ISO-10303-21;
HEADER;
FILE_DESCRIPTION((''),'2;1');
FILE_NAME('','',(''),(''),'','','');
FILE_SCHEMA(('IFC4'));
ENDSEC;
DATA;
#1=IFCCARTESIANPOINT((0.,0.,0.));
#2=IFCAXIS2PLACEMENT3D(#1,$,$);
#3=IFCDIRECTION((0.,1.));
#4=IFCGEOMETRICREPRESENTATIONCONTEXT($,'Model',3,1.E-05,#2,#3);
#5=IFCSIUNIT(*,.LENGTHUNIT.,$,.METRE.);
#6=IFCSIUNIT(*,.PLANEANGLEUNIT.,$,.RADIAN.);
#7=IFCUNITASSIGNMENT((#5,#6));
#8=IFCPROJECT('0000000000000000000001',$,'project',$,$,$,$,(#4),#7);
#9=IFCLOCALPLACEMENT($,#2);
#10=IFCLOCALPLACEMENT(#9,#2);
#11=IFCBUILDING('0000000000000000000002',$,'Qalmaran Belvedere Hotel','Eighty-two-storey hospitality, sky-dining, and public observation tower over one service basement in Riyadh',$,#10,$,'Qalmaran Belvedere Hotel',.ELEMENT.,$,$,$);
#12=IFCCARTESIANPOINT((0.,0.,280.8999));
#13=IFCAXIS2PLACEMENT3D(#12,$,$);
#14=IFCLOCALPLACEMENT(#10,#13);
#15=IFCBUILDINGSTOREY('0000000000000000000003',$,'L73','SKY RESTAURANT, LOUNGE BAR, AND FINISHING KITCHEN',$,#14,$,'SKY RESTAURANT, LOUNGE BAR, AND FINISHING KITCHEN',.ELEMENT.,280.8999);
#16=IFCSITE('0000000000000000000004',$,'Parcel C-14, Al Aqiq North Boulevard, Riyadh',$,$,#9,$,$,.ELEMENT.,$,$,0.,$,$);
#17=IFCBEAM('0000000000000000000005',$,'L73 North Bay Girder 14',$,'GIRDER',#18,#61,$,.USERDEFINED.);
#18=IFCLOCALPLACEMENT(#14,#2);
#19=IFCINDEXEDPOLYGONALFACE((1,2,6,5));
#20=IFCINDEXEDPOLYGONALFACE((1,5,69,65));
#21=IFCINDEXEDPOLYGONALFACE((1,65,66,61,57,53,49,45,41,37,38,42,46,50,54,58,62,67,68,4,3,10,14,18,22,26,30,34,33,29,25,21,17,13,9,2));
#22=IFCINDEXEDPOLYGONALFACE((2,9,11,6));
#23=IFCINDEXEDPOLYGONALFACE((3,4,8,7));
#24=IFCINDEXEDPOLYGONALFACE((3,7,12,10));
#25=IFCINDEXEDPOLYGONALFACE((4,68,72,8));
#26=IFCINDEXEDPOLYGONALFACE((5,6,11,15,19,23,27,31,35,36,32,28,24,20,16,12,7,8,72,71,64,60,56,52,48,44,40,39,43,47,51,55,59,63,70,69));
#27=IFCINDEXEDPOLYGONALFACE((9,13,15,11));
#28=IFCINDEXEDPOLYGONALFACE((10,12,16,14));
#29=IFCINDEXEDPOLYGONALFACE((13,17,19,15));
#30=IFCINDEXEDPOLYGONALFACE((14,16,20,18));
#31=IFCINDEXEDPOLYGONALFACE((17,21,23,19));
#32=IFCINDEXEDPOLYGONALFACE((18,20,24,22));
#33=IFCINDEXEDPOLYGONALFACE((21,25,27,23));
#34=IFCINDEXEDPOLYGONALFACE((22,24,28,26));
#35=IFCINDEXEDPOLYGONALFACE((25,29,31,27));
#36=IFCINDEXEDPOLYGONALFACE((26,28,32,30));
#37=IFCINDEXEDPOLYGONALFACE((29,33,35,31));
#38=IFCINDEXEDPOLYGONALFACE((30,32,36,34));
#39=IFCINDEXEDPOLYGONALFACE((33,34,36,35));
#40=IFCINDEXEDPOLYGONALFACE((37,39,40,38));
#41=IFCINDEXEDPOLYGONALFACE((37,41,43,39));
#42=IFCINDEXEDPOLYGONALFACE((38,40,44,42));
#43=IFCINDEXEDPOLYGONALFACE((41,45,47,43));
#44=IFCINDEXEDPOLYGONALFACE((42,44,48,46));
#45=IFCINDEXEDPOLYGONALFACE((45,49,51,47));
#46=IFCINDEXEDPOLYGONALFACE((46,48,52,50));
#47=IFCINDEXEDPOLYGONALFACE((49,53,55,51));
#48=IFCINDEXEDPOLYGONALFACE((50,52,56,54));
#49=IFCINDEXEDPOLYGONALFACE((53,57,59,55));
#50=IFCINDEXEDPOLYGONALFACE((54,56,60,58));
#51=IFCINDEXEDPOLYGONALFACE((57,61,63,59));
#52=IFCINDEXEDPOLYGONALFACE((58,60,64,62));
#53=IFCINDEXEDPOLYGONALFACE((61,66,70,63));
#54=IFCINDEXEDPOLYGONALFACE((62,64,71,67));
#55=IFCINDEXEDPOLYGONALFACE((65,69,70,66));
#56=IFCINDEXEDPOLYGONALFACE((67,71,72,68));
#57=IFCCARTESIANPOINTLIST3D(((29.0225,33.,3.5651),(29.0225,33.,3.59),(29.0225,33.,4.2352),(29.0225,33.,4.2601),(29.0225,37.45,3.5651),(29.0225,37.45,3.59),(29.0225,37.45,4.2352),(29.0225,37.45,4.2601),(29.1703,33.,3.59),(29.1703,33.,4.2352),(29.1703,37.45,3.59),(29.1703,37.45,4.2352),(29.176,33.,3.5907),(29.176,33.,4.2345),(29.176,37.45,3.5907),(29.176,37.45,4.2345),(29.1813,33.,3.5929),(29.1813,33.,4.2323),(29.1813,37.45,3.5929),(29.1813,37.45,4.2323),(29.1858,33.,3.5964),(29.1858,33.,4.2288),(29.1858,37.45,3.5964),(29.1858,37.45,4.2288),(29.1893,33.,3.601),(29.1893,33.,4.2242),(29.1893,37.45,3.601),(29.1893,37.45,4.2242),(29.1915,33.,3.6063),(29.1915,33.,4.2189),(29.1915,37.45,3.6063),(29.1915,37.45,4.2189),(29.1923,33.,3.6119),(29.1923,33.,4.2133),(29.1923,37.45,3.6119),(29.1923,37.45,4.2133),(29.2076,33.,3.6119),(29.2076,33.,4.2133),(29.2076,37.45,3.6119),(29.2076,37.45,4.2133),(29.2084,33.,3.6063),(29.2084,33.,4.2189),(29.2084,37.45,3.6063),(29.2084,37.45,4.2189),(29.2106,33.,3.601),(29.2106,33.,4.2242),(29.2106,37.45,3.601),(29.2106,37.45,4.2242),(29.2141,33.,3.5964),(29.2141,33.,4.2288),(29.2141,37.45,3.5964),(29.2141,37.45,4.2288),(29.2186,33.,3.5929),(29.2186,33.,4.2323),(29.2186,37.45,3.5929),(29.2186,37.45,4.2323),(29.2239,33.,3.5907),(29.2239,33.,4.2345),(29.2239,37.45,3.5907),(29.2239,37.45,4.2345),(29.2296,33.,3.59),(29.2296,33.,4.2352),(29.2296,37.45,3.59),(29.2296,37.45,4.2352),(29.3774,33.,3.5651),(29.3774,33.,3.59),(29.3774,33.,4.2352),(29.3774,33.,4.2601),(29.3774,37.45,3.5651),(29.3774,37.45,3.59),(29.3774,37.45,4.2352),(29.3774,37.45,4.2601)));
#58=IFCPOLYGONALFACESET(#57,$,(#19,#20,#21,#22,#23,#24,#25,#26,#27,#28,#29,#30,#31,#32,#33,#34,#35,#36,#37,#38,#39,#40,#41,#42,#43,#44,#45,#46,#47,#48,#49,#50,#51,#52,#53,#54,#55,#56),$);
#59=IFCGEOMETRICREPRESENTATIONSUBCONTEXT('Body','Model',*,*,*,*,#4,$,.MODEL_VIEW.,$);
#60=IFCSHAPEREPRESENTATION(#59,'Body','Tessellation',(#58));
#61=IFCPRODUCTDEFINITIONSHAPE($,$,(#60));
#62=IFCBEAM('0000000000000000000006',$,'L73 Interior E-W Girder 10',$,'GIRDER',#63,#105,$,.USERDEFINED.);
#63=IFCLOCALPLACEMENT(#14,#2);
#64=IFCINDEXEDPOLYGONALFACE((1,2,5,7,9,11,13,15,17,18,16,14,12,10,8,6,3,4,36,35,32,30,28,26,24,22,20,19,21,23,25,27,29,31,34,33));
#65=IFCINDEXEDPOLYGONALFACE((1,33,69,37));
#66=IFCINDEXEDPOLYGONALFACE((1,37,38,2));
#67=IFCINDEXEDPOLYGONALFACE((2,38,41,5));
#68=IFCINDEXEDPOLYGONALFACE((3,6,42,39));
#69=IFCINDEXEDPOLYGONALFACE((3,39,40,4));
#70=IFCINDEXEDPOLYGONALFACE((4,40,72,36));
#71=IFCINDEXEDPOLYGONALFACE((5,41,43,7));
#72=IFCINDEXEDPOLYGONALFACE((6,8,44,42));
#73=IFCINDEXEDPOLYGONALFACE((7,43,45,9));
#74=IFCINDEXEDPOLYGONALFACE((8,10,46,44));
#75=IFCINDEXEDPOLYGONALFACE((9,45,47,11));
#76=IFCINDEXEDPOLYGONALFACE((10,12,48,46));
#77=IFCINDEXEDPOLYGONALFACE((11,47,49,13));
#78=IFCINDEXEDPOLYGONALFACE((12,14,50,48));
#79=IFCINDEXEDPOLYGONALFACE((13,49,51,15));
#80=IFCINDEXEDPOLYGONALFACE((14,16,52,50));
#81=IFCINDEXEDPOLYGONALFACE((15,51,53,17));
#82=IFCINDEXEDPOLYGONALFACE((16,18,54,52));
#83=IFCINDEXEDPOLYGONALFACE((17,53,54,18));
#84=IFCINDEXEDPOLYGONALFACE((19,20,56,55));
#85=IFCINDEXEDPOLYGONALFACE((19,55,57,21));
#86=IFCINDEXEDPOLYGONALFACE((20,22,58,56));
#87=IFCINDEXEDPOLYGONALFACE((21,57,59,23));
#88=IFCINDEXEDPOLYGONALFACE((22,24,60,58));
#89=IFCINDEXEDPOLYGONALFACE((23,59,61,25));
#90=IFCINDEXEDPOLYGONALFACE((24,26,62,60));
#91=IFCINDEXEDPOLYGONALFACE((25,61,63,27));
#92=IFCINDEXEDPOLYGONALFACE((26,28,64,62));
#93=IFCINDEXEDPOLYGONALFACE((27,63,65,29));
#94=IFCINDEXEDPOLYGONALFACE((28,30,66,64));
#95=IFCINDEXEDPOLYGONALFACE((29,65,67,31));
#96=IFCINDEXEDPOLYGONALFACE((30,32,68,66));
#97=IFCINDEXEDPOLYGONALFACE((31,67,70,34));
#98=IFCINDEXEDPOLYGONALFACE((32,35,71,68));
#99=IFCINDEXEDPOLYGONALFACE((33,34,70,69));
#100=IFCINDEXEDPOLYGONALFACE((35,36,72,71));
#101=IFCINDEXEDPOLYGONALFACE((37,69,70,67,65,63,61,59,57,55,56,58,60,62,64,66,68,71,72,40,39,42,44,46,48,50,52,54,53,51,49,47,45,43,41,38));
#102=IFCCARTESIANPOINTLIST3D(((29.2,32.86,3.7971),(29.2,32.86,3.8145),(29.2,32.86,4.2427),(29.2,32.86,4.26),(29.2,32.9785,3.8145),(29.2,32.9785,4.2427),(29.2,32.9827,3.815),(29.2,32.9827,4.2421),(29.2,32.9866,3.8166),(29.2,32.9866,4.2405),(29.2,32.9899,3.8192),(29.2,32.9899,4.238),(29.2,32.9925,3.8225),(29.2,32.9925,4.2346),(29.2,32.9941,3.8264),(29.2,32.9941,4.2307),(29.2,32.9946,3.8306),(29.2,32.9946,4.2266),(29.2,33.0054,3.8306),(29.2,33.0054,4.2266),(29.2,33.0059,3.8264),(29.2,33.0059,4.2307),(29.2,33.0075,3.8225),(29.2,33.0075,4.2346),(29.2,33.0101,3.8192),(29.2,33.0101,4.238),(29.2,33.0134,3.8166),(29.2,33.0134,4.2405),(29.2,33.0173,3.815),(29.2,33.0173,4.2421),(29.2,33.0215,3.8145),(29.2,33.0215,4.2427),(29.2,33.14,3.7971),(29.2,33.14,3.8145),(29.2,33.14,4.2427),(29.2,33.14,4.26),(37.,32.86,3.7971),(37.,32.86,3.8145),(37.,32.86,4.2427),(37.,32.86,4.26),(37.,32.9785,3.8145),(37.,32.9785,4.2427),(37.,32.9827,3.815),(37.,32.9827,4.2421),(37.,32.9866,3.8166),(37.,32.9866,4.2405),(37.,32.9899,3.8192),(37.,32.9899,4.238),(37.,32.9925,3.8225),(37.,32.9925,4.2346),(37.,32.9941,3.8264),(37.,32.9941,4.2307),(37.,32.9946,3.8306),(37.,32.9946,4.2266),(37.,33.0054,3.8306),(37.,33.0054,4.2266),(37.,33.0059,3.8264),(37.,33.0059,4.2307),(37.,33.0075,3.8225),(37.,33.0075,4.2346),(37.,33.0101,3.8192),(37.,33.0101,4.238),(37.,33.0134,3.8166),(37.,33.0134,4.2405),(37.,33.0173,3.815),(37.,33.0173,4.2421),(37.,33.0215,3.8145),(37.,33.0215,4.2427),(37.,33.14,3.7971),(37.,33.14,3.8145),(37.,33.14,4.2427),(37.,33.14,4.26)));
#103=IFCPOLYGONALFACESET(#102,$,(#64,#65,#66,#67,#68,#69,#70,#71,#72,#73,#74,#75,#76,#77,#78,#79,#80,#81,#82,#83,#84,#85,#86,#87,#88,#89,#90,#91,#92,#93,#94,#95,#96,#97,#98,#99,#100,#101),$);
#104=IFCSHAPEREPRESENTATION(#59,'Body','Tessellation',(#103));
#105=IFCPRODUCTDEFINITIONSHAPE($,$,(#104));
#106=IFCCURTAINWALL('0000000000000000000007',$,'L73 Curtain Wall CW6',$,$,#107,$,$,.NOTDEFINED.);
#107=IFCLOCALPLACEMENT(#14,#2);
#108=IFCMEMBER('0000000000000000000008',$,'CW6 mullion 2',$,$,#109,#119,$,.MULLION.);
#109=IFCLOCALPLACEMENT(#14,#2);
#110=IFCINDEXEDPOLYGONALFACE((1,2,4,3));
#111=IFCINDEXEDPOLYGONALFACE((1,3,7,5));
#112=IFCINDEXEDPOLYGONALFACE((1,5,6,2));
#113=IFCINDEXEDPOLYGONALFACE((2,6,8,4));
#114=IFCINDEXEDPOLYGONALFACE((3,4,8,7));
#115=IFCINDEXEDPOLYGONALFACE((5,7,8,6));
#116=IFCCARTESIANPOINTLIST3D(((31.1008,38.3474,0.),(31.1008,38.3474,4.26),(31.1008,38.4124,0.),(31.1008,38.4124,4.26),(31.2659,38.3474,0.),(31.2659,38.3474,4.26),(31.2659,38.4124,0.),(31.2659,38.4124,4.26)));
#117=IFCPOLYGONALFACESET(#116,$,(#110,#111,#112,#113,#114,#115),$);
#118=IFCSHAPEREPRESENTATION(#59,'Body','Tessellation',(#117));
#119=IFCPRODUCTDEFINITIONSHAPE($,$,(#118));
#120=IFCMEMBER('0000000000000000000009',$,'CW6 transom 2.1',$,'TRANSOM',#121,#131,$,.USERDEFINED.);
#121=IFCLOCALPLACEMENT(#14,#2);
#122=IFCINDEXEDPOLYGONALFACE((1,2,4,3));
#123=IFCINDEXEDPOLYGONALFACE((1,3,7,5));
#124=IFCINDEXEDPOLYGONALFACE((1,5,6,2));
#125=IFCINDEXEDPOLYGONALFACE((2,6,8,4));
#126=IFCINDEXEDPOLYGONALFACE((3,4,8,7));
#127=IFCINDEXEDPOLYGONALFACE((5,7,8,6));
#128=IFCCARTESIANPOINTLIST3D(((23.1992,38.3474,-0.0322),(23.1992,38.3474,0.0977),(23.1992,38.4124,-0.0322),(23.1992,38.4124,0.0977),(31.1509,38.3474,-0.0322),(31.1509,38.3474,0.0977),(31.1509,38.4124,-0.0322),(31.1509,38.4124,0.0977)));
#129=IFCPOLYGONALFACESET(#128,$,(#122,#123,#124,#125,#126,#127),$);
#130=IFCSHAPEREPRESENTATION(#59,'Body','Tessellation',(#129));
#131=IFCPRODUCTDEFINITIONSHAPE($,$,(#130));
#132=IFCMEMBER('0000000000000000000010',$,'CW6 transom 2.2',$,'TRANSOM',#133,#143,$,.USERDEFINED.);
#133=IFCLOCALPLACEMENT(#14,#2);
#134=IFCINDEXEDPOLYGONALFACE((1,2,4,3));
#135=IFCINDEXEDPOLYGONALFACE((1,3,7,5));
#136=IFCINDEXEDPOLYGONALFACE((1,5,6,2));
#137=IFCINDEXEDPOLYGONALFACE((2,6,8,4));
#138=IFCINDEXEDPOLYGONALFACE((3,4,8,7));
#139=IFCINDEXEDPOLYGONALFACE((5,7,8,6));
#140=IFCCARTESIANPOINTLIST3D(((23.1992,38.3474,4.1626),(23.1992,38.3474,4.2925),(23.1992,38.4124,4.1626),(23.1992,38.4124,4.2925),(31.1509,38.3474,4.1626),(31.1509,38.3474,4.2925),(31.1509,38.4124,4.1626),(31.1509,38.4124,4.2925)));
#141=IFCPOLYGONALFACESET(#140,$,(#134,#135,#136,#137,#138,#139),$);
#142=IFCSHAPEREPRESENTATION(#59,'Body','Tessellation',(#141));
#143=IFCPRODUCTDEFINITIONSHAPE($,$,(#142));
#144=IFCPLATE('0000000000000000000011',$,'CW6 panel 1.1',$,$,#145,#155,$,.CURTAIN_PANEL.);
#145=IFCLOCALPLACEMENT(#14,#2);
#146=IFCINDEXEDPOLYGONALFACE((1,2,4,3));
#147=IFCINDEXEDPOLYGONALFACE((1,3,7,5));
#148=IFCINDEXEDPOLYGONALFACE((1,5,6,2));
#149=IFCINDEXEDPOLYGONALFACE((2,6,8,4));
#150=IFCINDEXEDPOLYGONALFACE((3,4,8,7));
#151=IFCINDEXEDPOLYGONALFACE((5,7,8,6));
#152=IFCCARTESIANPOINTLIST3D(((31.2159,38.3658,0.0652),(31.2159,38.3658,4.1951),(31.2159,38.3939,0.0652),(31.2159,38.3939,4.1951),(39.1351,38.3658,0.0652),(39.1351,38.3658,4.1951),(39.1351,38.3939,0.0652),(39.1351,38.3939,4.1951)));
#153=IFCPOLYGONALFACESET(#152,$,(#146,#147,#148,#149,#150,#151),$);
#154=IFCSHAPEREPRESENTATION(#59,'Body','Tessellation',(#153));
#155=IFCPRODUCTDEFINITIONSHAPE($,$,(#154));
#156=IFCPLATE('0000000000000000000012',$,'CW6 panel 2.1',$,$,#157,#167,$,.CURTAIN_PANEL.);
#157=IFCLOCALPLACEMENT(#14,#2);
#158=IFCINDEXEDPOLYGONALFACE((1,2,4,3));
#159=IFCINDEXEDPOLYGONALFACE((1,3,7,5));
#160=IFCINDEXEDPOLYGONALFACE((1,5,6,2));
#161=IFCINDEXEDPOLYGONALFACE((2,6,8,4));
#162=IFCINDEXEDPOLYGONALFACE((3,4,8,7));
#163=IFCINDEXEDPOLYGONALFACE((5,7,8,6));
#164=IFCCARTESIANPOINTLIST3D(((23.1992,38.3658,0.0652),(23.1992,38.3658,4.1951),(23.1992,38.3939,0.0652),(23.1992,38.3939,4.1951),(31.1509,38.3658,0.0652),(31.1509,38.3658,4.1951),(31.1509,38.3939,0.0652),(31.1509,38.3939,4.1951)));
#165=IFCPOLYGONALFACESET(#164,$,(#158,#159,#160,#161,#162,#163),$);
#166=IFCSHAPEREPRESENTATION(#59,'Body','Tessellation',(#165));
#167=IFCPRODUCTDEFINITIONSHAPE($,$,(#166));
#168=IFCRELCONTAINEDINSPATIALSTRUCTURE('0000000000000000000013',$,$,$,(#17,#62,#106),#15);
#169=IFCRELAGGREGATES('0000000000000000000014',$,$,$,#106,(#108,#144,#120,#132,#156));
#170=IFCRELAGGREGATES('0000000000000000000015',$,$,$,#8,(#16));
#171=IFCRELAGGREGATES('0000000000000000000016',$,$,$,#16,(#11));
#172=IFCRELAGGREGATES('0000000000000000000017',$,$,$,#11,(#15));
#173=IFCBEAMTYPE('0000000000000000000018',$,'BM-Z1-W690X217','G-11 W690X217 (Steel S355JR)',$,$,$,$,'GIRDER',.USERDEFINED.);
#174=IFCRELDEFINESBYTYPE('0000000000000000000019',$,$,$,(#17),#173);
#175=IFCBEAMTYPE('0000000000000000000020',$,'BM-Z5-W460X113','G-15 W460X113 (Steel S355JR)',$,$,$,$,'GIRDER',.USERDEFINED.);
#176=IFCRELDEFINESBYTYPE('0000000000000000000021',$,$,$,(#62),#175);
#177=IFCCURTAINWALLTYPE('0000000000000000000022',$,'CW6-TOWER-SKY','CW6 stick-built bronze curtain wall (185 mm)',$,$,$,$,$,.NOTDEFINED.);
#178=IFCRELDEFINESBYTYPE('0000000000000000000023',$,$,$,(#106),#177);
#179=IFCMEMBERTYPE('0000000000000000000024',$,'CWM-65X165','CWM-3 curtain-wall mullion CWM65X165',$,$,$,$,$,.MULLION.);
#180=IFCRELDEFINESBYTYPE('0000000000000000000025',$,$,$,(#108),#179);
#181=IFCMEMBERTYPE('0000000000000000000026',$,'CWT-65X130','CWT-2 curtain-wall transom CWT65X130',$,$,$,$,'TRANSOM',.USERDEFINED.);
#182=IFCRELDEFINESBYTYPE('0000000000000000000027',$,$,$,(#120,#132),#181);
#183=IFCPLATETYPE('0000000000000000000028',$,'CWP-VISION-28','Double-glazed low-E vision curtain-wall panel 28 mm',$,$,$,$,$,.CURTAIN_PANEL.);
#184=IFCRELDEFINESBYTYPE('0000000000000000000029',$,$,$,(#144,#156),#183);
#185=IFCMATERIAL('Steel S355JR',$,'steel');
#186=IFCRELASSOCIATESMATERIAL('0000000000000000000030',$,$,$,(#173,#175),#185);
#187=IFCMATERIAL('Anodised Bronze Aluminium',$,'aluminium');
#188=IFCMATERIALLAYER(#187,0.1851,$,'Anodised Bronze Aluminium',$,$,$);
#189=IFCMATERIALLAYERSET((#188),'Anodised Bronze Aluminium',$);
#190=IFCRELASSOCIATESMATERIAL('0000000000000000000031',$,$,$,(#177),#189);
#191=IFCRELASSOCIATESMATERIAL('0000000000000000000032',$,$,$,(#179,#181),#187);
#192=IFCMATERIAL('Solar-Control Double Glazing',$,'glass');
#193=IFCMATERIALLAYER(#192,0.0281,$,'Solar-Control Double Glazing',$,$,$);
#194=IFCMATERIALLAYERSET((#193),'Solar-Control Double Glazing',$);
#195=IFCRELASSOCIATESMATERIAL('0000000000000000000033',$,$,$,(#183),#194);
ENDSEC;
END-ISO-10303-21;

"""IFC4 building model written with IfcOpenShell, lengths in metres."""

from ifc_helpers import new_model, si_unit, direction, frame, origin, origin_2d, place, context, subcontext, project, spatial, rectangle, i_section, extrude, material, layer, layer_set, material_profile, profile_set, type_object, element, aggregate, save


model = new_model("IFC4")

# Units and contexts
model_context = context("Model", 3, precision=1e-05, world=origin(), true_north=direction((0.0, 1.0)))
body_context = subcontext(model_context, "Body", "Model", "MODEL_VIEW")
ifc_project = project(units=[si_unit("LENGTHUNIT", "METRE"), si_unit("PLANEANGLEUNIT", "RADIAN")], contexts=[model_context])

# Site, building, storey
site_placement = place(None, origin())
site = spatial("IfcSite", under=ifc_project, at=site_placement, Name="Parcel C-14, Al Aqiq North Boulevard, Riyadh", CompositionType="ELEMENT", RefElevation=0.0)
building_placement = place(site_placement, origin())
building = spatial("IfcBuilding", under=site, at=building_placement, Name="Qalmaran Belvedere Hotel", Description="Eighty-two-storey hospitality, sky-dining, and public observation tower over one service basement in Riyadh", LongName="Qalmaran Belvedere Hotel", CompositionType="ELEMENT")
storey_placement = place(building_placement, frame((0.0, 0.0, 280.8999)))
storey = spatial("IfcBuildingStorey", under=building, at=storey_placement, Name="L73", Description="SKY RESTAURANT, LOUNGE BAR, AND FINISHING KITCHEN", LongName="SKY RESTAURANT, LOUNGE BAR, AND FINISHING KITCHEN", CompositionType="ELEMENT", Elevation=280.8999)

# Beams
ifc_material_1 = material(Name="Steel S355JR", Category="steel")
ifc_material_profile_1 = material_profile(ifc_material_1, i_section(OverallWidth=0.355, OverallDepth=0.6951, WebThickness=0.0154, FlangeThickness=0.0249, FilletRadius=0.022, at=origin_2d()), Name="W690X217")
ifc_profile_set_1 = profile_set([ifc_material_profile_1], Name="Steel S355JR")
beam_type_1 = type_object("IfcBeamType", Name="BM-Z1-W690X217", Description="G-11 W690X217 (Steel S355JR)", ElementType="GIRDER", PredefinedType="USERDEFINED", material=ifc_profile_set_1)
beam_1_placement = place(storey_placement, frame((29.2, 33.0, 3.9126), z_axis=(0.0, 1.0, 0.0), x_axis=(-1.0, 0.0, 0.0)))
element("IfcBeam", 1, at=beam_1_placement, inside=storey, type_object=beam_type_1, Name="L73 North Bay Girder 14", ObjectType="GIRDER", PredefinedType="USERDEFINED", context=body_context, shape_type="SweptSolid", body=[
    extrude(i_section(OverallWidth=0.355, OverallDepth=0.6951, WebThickness=0.0154, FlangeThickness=0.0249, FilletRadius=0.022, at=origin_2d()), origin(), (0.0, 0.0, 1.0), 4.45),
])
ifc_material_profile_2 = material_profile(ifc_material_1, i_section(OverallWidth=0.28, OverallDepth=0.4629, WebThickness=0.0107, FlangeThickness=0.0173, FilletRadius=0.0161, at=origin_2d()), Name="W460X113")
ifc_profile_set_2 = profile_set([ifc_material_profile_2], Name="Steel S355JR")
beam_type_2 = type_object("IfcBeamType", Name="BM-Z5-W460X113", Description="G-15 W460X113 (Steel S355JR)", ElementType="GIRDER", PredefinedType="USERDEFINED", material=ifc_profile_set_2)
beam_2_placement = place(storey_placement, frame((29.2, 33.0, 4.0286), z_axis=(1.0, 0.0, 0.0), x_axis=(0.0, 1.0, 0.0)))
element("IfcBeam", 2, at=beam_2_placement, inside=storey, type_object=beam_type_2, Name="L73 Interior E-W Girder 10", ObjectType="GIRDER", PredefinedType="USERDEFINED", context=body_context, shape_type="SweptSolid", body=[
    extrude(i_section(OverallWidth=0.28, OverallDepth=0.4629, WebThickness=0.0107, FlangeThickness=0.0173, FilletRadius=0.0161, at=origin_2d()), origin(), (0.0, 0.0, 1.0), 7.8),
])

# Curtain wall, members, plates
ifc_material_2 = material(Name="Anodised Bronze Aluminium", Category="aluminium")
ifc_layer_1 = layer(ifc_material_2, 0.1851, Name="Anodised Bronze Aluminium")
ifc_layer_set_1 = layer_set([ifc_layer_1], Name="Anodised Bronze Aluminium")
curtain_wall_type = type_object("IfcCurtainWallType", Name="CW6-TOWER-SKY", Description="CW6 stick-built bronze curtain wall (185 mm)", PredefinedType="NOTDEFINED", material=ifc_layer_set_1)
curtain_wall_placement = place(storey_placement, origin())
curtain_wall = element("IfcCurtainWall", 3, at=curtain_wall_placement, inside=storey, type_object=curtain_wall_type, Name="L73 Curtain Wall CW6", PredefinedType="NOTDEFINED")
ifc_material_profile_3 = material_profile(ifc_material_2, rectangle(XDim=0.0649, YDim=0.165, at=origin_2d()), Name="CWM65X165")
ifc_profile_set_3 = profile_set([ifc_material_profile_3], Name="Anodised Bronze Aluminium")
member_type_1 = type_object("IfcMemberType", Name="CWM-65X165", Description="CWM-3 curtain-wall mullion CWM65X165", PredefinedType="MULLION", material=ifc_profile_set_3)
member_1_placement = place(storey_placement, frame((31.1833, 38.3799, 0.0), z_axis=(0.0, 0.0, 1.0), x_axis=(0.0, -1.0, 0.0)))
member_1 = element("IfcMember", 4, at=member_1_placement, type_object=member_type_1, Name="CW6 mullion 2", PredefinedType="MULLION", context=body_context, shape_type="SweptSolid", body=[
    extrude(rectangle(XDim=0.0649, YDim=0.165, at=origin_2d()), origin(), (0.0, 0.0, 1.0), 4.26),
])
ifc_material_profile_4 = material_profile(ifc_material_2, rectangle(XDim=0.0649, YDim=0.1299, at=origin_2d()), Name="CWT65X130")
ifc_profile_set_4 = profile_set([ifc_material_profile_4], Name="Anodised Bronze Aluminium")
member_type_2 = type_object("IfcMemberType", Name="CWT-65X130", Description="CWT-2 curtain-wall transom CWT65X130", ElementType="TRANSOM", PredefinedType="USERDEFINED", material=ifc_profile_set_4)
member_2_placement = place(storey_placement, frame((31.1509, 38.3799, 0.0327), z_axis=(-1.0, 0.0, 0.0), x_axis=(0.0, -1.0, 0.0)))
member_2 = element("IfcMember", 5, at=member_2_placement, type_object=member_type_2, Name="CW6 transom 2.1", ObjectType="TRANSOM", PredefinedType="USERDEFINED", context=body_context, shape_type="SweptSolid", body=[
    extrude(rectangle(XDim=0.0649, YDim=0.1299, at=origin_2d()), origin(), (0.0, 0.0, 1.0), 7.9517),
])
member_3_placement = place(storey_placement, frame((31.1509, 38.3799, 4.2275), z_axis=(-1.0, 0.0, 0.0), x_axis=(0.0, -1.0, 0.0)))
member_3 = element("IfcMember", 6, at=member_3_placement, type_object=member_type_2, Name="CW6 transom 2.2", ObjectType="TRANSOM", PredefinedType="USERDEFINED", context=body_context, shape_type="SweptSolid", body=[
    extrude(rectangle(XDim=0.0649, YDim=0.1299, at=origin_2d()), origin(), (0.0, 0.0, 1.0), 7.9517),
])
ifc_material_3 = material(Name="Solar-Control Double Glazing", Category="glass")
ifc_layer_2 = layer(ifc_material_3, 0.0281, Name="Solar-Control Double Glazing")
ifc_layer_set_2 = layer_set([ifc_layer_2], Name="Solar-Control Double Glazing")
plate_type = type_object("IfcPlateType", Name="CWP-VISION-28", Description="Double-glazed low-E vision curtain-wall panel 28 mm", PredefinedType="CURTAIN_PANEL", material=ifc_layer_set_2)
plate_1_placement = place(storey_placement, frame((35.1755, 38.3799, 0.0652), z_axis=(0.0, 0.0, 1.0), x_axis=(-1.0, 0.0, 0.0)))
plate_1 = element("IfcPlate", 7, at=plate_1_placement, type_object=plate_type, Name="CW6 panel 1.1", PredefinedType="CURTAIN_PANEL", context=body_context, shape_type="SweptSolid", body=[
    extrude(rectangle(XDim=7.9192, YDim=0.0281, at=origin_2d()), origin(), (0.0, 0.0, 1.0), 4.1299),
])
plate_2_placement = place(storey_placement, frame((27.175, 38.3799, 0.0652), z_axis=(0.0, 0.0, 1.0), x_axis=(-1.0, 0.0, 0.0)))
plate_2 = element("IfcPlate", 8, at=plate_2_placement, type_object=plate_type, Name="CW6 panel 2.1", PredefinedType="CURTAIN_PANEL", context=body_context, shape_type="SweptSolid", body=[
    extrude(rectangle(XDim=7.9517, YDim=0.0281, at=origin_2d()), origin(), (0.0, 0.0, 1.0), 4.1299),
])
aggregate(curtain_wall, [member_1, plate_1, member_2, member_3, plate_2])

save(model, "model.ifc")
